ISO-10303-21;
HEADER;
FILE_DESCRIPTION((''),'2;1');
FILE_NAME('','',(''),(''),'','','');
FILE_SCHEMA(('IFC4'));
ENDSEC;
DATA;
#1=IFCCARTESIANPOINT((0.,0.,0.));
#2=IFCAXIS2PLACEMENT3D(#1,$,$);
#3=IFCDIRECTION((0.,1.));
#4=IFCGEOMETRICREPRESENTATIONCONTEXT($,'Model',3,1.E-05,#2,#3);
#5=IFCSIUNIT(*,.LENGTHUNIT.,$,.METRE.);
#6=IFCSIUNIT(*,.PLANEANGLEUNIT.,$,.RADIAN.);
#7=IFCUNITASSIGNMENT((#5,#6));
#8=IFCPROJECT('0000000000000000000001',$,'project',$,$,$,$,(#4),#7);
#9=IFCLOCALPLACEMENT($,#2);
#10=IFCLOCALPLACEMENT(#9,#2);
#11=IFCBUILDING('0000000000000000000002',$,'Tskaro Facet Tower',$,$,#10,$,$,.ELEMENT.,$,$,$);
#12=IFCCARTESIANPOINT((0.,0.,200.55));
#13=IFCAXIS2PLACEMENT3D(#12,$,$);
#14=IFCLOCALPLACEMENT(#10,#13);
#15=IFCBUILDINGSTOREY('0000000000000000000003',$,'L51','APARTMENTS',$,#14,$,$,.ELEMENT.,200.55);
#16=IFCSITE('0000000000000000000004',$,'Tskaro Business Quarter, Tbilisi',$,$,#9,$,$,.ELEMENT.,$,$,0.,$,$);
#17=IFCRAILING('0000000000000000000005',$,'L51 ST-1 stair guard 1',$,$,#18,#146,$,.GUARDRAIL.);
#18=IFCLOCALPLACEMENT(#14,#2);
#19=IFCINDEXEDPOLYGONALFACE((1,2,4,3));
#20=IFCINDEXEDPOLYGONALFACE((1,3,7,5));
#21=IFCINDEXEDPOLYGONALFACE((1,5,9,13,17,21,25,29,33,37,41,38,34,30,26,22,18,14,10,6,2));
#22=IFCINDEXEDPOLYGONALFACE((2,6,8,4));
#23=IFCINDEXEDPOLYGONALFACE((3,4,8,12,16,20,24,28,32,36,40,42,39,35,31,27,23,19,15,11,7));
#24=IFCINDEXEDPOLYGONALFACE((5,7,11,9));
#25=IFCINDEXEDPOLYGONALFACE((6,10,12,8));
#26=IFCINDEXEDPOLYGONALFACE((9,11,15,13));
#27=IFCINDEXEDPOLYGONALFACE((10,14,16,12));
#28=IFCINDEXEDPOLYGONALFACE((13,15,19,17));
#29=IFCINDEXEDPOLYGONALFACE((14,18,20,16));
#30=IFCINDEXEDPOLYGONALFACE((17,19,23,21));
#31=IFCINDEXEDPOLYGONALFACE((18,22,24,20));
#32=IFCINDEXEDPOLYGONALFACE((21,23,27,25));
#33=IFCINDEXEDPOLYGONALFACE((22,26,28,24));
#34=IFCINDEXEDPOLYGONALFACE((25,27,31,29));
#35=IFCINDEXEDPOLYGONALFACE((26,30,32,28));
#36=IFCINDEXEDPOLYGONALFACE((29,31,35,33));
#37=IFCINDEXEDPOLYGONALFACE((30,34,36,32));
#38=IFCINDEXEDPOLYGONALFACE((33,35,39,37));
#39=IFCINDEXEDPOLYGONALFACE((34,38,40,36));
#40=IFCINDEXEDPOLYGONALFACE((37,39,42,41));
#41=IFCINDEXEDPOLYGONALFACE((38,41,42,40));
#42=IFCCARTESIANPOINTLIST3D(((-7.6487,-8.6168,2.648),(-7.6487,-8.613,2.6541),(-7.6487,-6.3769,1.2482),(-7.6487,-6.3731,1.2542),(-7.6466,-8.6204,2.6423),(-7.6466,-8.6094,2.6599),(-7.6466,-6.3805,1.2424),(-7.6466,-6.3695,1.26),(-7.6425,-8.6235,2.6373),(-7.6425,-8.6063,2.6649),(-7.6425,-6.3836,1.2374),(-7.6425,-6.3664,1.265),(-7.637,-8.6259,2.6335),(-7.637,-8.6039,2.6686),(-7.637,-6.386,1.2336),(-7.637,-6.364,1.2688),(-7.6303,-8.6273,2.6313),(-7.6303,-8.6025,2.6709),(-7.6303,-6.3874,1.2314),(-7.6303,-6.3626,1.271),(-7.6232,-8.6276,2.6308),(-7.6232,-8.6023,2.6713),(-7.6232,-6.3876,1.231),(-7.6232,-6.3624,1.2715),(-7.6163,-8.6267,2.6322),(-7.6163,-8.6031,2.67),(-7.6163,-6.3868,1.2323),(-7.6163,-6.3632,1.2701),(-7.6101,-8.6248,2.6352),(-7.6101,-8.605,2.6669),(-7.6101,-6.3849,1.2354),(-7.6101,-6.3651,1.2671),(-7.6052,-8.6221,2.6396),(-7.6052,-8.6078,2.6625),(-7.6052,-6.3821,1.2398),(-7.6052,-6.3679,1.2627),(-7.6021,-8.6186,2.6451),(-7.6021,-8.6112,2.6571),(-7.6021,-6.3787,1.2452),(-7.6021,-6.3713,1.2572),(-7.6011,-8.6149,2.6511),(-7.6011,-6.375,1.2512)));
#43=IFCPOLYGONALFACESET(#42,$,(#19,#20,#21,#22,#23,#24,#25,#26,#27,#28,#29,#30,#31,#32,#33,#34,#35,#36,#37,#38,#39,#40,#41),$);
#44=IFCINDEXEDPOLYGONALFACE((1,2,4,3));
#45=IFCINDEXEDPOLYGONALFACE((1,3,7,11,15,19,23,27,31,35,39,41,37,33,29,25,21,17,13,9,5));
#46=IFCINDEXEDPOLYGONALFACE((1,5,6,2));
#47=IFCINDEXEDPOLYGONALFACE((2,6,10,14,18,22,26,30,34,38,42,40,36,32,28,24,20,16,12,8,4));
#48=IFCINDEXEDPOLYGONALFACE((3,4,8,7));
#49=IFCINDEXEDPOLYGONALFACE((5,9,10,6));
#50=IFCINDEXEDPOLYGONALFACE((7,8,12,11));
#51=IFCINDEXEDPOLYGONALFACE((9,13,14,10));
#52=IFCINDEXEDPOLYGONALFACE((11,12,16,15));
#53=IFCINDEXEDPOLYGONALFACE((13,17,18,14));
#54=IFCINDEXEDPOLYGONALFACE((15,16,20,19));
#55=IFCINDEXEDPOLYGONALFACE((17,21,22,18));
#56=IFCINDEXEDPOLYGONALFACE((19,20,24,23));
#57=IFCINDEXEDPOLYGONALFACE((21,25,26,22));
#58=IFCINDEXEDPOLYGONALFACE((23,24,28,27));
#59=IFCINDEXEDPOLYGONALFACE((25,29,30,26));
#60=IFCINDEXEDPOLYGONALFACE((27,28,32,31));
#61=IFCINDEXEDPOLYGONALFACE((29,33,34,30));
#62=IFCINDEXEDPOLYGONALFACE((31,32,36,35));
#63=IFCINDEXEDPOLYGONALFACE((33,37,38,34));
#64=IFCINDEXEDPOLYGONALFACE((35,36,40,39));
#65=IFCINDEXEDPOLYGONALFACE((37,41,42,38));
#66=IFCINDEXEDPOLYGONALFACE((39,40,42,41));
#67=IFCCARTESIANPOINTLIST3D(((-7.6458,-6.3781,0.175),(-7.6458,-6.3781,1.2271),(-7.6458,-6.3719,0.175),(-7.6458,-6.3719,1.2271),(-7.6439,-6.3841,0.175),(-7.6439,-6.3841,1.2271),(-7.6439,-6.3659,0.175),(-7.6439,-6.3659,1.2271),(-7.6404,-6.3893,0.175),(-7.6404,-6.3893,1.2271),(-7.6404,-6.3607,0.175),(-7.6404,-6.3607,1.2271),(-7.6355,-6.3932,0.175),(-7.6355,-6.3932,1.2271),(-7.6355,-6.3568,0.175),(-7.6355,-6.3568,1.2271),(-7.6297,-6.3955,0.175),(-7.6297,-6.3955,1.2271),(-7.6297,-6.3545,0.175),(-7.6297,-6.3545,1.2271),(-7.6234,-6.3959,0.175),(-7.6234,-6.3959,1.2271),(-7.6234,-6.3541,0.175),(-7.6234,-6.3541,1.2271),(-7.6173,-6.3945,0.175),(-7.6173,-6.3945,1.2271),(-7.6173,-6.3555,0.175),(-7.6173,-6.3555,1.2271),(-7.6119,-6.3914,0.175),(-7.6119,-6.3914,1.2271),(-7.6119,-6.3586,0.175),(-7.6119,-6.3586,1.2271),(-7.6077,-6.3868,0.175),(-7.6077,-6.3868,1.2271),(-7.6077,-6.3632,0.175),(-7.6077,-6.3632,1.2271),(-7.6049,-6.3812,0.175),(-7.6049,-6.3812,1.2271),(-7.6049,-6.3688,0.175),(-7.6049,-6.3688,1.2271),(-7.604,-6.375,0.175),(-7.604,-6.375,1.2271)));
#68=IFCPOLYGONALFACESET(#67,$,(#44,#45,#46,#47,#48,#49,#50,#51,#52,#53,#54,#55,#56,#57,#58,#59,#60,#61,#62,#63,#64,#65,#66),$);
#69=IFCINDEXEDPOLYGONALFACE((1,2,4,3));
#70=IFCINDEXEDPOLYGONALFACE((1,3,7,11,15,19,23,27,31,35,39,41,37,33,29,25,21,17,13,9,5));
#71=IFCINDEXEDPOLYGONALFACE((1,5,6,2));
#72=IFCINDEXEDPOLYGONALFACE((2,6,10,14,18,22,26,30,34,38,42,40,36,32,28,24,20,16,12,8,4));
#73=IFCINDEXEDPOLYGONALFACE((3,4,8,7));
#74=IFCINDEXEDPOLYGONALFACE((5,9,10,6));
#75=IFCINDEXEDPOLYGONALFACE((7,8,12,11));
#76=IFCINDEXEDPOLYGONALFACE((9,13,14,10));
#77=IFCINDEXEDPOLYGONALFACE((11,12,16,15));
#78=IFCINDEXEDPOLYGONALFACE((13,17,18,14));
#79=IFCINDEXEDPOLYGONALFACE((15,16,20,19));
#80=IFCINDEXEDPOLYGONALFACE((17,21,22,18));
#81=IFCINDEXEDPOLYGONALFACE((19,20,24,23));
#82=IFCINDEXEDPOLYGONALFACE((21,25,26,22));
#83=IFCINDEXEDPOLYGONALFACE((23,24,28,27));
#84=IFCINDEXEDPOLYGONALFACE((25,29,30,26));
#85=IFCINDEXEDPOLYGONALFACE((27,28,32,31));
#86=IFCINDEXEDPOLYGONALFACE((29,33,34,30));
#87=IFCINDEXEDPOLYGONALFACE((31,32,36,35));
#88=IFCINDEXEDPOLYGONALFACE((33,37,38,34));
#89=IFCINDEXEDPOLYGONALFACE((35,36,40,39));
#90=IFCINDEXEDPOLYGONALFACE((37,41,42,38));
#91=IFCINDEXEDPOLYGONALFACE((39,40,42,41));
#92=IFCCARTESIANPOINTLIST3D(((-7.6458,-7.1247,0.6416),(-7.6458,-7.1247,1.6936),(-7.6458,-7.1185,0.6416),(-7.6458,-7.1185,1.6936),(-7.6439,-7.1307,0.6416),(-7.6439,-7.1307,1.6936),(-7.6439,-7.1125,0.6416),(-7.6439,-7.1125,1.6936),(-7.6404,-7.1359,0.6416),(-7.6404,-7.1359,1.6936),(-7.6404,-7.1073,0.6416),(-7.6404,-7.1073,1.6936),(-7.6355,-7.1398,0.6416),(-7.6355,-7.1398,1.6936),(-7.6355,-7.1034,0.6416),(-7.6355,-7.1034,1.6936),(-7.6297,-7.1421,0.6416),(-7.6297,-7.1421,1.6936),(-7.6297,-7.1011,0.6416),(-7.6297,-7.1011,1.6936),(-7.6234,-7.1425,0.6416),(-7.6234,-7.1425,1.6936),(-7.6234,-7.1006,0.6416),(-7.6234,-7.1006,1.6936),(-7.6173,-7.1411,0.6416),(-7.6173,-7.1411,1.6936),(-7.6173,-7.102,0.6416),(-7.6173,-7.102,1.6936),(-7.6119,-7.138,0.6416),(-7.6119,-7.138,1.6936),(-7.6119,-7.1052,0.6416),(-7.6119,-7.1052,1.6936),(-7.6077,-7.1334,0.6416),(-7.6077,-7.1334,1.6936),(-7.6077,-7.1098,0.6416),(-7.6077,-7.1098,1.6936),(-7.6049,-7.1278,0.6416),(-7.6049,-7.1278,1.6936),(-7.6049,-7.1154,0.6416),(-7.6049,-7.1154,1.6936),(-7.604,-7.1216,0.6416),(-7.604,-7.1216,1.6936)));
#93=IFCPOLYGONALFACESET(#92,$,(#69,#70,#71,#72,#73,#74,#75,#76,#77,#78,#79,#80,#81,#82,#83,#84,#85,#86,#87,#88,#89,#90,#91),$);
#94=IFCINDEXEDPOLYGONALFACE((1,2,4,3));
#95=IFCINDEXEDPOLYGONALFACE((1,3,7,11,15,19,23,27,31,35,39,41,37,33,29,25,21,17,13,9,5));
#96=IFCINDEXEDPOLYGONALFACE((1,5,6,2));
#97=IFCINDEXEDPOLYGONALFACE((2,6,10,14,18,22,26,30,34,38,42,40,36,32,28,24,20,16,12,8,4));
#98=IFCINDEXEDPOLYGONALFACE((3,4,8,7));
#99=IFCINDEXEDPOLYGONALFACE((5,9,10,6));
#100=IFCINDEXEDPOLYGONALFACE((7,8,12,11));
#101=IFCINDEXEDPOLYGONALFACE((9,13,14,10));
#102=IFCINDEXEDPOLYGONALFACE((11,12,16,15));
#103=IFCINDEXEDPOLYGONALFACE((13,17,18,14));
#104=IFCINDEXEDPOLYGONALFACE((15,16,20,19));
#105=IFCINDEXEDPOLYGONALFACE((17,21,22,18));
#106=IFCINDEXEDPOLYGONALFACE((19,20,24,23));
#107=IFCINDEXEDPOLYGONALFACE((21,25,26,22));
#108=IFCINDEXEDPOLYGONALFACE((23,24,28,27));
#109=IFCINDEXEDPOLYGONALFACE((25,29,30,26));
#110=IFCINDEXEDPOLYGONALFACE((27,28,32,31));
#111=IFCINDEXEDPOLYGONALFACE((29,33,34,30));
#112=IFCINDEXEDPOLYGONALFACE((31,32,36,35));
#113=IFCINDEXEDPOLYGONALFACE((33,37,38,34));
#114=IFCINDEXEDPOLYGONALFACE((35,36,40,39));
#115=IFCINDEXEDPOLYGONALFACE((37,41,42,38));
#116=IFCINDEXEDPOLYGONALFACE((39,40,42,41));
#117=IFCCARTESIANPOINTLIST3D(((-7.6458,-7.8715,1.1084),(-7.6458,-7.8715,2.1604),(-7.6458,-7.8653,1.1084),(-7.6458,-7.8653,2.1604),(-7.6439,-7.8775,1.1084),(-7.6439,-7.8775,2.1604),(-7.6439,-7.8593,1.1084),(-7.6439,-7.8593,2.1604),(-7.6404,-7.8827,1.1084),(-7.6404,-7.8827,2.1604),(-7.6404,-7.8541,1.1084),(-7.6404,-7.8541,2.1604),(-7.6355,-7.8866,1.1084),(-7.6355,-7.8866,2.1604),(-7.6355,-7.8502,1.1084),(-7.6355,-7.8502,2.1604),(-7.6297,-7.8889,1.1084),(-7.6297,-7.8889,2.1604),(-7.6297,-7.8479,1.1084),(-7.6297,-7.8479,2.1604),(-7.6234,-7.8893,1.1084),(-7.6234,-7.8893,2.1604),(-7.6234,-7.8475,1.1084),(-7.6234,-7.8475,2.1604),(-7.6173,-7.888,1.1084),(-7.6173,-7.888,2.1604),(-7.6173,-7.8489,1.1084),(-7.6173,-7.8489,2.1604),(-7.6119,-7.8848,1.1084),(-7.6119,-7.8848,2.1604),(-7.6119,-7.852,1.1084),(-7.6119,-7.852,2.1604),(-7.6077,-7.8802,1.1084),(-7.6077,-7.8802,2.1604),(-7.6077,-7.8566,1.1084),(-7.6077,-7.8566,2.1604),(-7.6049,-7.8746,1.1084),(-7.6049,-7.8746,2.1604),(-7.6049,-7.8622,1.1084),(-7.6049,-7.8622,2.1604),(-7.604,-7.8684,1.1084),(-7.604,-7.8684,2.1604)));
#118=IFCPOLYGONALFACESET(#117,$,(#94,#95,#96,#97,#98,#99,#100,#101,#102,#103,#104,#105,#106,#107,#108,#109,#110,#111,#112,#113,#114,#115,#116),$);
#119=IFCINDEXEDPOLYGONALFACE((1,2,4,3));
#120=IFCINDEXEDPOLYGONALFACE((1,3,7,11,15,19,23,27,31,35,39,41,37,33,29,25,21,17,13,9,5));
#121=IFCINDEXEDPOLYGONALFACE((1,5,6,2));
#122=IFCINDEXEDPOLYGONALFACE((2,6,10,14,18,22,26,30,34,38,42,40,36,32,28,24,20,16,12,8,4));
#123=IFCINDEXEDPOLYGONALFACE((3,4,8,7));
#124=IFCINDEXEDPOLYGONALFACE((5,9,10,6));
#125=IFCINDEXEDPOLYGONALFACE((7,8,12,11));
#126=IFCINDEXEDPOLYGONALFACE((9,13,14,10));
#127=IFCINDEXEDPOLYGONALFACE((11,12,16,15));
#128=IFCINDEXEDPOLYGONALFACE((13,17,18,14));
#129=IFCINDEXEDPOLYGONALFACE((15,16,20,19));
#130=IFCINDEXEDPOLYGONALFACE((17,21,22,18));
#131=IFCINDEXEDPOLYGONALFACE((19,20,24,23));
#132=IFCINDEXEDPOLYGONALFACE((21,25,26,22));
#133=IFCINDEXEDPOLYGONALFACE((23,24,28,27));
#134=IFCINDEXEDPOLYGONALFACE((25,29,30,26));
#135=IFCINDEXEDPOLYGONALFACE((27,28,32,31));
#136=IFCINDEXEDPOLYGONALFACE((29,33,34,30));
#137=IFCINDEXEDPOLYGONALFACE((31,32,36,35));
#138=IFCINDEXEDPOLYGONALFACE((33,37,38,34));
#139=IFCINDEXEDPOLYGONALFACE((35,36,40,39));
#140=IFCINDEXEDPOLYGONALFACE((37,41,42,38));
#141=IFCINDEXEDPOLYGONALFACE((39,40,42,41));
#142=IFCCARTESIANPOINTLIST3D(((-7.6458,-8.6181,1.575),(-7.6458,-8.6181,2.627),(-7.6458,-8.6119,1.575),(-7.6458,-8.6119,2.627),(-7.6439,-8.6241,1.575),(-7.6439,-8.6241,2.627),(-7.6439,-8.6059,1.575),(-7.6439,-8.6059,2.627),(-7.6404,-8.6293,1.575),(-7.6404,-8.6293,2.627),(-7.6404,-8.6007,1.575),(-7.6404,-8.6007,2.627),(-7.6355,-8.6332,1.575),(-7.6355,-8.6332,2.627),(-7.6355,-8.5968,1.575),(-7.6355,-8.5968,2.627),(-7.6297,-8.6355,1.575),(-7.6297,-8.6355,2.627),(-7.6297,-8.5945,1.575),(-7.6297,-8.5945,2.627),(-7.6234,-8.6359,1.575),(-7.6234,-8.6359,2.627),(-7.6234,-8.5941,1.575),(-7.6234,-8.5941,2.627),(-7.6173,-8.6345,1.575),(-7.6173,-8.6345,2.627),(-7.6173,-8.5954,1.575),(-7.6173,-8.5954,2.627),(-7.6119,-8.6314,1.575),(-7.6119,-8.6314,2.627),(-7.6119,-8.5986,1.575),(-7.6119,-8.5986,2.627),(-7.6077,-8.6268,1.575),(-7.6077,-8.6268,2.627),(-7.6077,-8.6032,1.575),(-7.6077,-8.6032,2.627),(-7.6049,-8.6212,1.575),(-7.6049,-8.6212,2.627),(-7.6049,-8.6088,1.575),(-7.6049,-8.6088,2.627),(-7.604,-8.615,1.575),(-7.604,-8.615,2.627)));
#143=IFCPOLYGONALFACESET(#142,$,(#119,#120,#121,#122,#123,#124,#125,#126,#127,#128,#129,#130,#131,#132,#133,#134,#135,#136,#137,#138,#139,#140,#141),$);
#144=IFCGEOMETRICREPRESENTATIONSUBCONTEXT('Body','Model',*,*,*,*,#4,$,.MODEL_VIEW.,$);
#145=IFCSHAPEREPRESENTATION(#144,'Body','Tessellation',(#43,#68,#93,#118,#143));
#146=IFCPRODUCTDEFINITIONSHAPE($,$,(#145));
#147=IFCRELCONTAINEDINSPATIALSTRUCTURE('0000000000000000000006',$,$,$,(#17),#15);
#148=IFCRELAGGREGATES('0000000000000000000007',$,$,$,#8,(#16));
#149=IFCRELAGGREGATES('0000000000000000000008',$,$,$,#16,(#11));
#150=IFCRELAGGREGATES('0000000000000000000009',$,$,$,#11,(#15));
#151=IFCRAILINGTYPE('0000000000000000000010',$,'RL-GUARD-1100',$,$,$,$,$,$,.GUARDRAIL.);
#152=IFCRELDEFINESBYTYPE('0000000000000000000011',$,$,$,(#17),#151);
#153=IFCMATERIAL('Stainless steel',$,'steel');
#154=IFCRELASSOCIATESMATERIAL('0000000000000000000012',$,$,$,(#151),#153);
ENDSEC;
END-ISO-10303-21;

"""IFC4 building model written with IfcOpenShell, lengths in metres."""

from ifc_helpers import new_model, si_unit, direction, frame, origin, origin_2d, place, context, subcontext, project, spatial, circle, extrude, material, type_object, element, save


model = new_model("IFC4")

# Units and contexts
model_context = context("Model", 3, precision=1e-05, world=origin(), true_north=direction((0.0, 1.0)))
body_context = subcontext(model_context, "Body", "Model", "MODEL_VIEW")
ifc_project = project(units=[si_unit("LENGTHUNIT", "METRE"), si_unit("PLANEANGLEUNIT", "RADIAN")], contexts=[model_context])

# Site, building, storey
site_placement = place(None, origin())
site = spatial("IfcSite", under=ifc_project, at=site_placement, Name="Tskaro Business Quarter, Tbilisi", CompositionType="ELEMENT", RefElevation=0.0)
building_placement = place(site_placement, origin())
building = spatial("IfcBuilding", under=site, at=building_placement, Name="Tskaro Facet Tower", CompositionType="ELEMENT")
storey_placement = place(building_placement, frame((0.0, 0.0, 200.55)))
storey = spatial("IfcBuildingStorey", under=building, at=storey_placement, Name="L51", Description="APARTMENTS", CompositionType="ELEMENT", Elevation=200.55)

# Shared definitions
ifc_material_1 = material(Name="Stainless steel", Category="steel")

# Railing
railing_type_1 = type_object("IfcRailingType", Name="RL-GUARD-1100", PredefinedType="GUARDRAIL", material=ifc_material_1)
railing_1_placement = place(storey_placement, frame((-7.625, -6.375, 0.175)))
element("IfcRailing", 1, at=railing_1_placement, inside=storey, type_object=railing_type_1, Name="L51 ST-1 stair guard 1", PredefinedType="GUARDRAIL", context=body_context, shape_type="SweptSolid", body=[
    extrude(circle(Radius=0.0239, at=origin_2d()), frame((0.0, 0.0, 1.0762), z_axis=(0.0, -0.848014, 0.529974), x_axis=(1.0, 0.0, 0.0)), (0.0, 0.0, 1.0), 2.6414),
    extrude(circle(Radius=0.021, at=origin_2d()), origin(), (0.0, 0.0, 1.0), 1.052),
    extrude(circle(Radius=0.021, at=origin_2d()), frame((0.0, -0.7466, 0.4666)), (0.0, 0.0, 1.0), 1.052),
    extrude(circle(Radius=0.021, at=origin_2d()), frame((0.0, -1.4934, 0.9333)), (0.0, 0.0, 1.0), 1.052),
    extrude(circle(Radius=0.021, at=origin_2d()), frame((0.0, -2.24, 1.3999)), (0.0, 0.0, 1.0), 1.052),
])

save(model, "model.ifc")
